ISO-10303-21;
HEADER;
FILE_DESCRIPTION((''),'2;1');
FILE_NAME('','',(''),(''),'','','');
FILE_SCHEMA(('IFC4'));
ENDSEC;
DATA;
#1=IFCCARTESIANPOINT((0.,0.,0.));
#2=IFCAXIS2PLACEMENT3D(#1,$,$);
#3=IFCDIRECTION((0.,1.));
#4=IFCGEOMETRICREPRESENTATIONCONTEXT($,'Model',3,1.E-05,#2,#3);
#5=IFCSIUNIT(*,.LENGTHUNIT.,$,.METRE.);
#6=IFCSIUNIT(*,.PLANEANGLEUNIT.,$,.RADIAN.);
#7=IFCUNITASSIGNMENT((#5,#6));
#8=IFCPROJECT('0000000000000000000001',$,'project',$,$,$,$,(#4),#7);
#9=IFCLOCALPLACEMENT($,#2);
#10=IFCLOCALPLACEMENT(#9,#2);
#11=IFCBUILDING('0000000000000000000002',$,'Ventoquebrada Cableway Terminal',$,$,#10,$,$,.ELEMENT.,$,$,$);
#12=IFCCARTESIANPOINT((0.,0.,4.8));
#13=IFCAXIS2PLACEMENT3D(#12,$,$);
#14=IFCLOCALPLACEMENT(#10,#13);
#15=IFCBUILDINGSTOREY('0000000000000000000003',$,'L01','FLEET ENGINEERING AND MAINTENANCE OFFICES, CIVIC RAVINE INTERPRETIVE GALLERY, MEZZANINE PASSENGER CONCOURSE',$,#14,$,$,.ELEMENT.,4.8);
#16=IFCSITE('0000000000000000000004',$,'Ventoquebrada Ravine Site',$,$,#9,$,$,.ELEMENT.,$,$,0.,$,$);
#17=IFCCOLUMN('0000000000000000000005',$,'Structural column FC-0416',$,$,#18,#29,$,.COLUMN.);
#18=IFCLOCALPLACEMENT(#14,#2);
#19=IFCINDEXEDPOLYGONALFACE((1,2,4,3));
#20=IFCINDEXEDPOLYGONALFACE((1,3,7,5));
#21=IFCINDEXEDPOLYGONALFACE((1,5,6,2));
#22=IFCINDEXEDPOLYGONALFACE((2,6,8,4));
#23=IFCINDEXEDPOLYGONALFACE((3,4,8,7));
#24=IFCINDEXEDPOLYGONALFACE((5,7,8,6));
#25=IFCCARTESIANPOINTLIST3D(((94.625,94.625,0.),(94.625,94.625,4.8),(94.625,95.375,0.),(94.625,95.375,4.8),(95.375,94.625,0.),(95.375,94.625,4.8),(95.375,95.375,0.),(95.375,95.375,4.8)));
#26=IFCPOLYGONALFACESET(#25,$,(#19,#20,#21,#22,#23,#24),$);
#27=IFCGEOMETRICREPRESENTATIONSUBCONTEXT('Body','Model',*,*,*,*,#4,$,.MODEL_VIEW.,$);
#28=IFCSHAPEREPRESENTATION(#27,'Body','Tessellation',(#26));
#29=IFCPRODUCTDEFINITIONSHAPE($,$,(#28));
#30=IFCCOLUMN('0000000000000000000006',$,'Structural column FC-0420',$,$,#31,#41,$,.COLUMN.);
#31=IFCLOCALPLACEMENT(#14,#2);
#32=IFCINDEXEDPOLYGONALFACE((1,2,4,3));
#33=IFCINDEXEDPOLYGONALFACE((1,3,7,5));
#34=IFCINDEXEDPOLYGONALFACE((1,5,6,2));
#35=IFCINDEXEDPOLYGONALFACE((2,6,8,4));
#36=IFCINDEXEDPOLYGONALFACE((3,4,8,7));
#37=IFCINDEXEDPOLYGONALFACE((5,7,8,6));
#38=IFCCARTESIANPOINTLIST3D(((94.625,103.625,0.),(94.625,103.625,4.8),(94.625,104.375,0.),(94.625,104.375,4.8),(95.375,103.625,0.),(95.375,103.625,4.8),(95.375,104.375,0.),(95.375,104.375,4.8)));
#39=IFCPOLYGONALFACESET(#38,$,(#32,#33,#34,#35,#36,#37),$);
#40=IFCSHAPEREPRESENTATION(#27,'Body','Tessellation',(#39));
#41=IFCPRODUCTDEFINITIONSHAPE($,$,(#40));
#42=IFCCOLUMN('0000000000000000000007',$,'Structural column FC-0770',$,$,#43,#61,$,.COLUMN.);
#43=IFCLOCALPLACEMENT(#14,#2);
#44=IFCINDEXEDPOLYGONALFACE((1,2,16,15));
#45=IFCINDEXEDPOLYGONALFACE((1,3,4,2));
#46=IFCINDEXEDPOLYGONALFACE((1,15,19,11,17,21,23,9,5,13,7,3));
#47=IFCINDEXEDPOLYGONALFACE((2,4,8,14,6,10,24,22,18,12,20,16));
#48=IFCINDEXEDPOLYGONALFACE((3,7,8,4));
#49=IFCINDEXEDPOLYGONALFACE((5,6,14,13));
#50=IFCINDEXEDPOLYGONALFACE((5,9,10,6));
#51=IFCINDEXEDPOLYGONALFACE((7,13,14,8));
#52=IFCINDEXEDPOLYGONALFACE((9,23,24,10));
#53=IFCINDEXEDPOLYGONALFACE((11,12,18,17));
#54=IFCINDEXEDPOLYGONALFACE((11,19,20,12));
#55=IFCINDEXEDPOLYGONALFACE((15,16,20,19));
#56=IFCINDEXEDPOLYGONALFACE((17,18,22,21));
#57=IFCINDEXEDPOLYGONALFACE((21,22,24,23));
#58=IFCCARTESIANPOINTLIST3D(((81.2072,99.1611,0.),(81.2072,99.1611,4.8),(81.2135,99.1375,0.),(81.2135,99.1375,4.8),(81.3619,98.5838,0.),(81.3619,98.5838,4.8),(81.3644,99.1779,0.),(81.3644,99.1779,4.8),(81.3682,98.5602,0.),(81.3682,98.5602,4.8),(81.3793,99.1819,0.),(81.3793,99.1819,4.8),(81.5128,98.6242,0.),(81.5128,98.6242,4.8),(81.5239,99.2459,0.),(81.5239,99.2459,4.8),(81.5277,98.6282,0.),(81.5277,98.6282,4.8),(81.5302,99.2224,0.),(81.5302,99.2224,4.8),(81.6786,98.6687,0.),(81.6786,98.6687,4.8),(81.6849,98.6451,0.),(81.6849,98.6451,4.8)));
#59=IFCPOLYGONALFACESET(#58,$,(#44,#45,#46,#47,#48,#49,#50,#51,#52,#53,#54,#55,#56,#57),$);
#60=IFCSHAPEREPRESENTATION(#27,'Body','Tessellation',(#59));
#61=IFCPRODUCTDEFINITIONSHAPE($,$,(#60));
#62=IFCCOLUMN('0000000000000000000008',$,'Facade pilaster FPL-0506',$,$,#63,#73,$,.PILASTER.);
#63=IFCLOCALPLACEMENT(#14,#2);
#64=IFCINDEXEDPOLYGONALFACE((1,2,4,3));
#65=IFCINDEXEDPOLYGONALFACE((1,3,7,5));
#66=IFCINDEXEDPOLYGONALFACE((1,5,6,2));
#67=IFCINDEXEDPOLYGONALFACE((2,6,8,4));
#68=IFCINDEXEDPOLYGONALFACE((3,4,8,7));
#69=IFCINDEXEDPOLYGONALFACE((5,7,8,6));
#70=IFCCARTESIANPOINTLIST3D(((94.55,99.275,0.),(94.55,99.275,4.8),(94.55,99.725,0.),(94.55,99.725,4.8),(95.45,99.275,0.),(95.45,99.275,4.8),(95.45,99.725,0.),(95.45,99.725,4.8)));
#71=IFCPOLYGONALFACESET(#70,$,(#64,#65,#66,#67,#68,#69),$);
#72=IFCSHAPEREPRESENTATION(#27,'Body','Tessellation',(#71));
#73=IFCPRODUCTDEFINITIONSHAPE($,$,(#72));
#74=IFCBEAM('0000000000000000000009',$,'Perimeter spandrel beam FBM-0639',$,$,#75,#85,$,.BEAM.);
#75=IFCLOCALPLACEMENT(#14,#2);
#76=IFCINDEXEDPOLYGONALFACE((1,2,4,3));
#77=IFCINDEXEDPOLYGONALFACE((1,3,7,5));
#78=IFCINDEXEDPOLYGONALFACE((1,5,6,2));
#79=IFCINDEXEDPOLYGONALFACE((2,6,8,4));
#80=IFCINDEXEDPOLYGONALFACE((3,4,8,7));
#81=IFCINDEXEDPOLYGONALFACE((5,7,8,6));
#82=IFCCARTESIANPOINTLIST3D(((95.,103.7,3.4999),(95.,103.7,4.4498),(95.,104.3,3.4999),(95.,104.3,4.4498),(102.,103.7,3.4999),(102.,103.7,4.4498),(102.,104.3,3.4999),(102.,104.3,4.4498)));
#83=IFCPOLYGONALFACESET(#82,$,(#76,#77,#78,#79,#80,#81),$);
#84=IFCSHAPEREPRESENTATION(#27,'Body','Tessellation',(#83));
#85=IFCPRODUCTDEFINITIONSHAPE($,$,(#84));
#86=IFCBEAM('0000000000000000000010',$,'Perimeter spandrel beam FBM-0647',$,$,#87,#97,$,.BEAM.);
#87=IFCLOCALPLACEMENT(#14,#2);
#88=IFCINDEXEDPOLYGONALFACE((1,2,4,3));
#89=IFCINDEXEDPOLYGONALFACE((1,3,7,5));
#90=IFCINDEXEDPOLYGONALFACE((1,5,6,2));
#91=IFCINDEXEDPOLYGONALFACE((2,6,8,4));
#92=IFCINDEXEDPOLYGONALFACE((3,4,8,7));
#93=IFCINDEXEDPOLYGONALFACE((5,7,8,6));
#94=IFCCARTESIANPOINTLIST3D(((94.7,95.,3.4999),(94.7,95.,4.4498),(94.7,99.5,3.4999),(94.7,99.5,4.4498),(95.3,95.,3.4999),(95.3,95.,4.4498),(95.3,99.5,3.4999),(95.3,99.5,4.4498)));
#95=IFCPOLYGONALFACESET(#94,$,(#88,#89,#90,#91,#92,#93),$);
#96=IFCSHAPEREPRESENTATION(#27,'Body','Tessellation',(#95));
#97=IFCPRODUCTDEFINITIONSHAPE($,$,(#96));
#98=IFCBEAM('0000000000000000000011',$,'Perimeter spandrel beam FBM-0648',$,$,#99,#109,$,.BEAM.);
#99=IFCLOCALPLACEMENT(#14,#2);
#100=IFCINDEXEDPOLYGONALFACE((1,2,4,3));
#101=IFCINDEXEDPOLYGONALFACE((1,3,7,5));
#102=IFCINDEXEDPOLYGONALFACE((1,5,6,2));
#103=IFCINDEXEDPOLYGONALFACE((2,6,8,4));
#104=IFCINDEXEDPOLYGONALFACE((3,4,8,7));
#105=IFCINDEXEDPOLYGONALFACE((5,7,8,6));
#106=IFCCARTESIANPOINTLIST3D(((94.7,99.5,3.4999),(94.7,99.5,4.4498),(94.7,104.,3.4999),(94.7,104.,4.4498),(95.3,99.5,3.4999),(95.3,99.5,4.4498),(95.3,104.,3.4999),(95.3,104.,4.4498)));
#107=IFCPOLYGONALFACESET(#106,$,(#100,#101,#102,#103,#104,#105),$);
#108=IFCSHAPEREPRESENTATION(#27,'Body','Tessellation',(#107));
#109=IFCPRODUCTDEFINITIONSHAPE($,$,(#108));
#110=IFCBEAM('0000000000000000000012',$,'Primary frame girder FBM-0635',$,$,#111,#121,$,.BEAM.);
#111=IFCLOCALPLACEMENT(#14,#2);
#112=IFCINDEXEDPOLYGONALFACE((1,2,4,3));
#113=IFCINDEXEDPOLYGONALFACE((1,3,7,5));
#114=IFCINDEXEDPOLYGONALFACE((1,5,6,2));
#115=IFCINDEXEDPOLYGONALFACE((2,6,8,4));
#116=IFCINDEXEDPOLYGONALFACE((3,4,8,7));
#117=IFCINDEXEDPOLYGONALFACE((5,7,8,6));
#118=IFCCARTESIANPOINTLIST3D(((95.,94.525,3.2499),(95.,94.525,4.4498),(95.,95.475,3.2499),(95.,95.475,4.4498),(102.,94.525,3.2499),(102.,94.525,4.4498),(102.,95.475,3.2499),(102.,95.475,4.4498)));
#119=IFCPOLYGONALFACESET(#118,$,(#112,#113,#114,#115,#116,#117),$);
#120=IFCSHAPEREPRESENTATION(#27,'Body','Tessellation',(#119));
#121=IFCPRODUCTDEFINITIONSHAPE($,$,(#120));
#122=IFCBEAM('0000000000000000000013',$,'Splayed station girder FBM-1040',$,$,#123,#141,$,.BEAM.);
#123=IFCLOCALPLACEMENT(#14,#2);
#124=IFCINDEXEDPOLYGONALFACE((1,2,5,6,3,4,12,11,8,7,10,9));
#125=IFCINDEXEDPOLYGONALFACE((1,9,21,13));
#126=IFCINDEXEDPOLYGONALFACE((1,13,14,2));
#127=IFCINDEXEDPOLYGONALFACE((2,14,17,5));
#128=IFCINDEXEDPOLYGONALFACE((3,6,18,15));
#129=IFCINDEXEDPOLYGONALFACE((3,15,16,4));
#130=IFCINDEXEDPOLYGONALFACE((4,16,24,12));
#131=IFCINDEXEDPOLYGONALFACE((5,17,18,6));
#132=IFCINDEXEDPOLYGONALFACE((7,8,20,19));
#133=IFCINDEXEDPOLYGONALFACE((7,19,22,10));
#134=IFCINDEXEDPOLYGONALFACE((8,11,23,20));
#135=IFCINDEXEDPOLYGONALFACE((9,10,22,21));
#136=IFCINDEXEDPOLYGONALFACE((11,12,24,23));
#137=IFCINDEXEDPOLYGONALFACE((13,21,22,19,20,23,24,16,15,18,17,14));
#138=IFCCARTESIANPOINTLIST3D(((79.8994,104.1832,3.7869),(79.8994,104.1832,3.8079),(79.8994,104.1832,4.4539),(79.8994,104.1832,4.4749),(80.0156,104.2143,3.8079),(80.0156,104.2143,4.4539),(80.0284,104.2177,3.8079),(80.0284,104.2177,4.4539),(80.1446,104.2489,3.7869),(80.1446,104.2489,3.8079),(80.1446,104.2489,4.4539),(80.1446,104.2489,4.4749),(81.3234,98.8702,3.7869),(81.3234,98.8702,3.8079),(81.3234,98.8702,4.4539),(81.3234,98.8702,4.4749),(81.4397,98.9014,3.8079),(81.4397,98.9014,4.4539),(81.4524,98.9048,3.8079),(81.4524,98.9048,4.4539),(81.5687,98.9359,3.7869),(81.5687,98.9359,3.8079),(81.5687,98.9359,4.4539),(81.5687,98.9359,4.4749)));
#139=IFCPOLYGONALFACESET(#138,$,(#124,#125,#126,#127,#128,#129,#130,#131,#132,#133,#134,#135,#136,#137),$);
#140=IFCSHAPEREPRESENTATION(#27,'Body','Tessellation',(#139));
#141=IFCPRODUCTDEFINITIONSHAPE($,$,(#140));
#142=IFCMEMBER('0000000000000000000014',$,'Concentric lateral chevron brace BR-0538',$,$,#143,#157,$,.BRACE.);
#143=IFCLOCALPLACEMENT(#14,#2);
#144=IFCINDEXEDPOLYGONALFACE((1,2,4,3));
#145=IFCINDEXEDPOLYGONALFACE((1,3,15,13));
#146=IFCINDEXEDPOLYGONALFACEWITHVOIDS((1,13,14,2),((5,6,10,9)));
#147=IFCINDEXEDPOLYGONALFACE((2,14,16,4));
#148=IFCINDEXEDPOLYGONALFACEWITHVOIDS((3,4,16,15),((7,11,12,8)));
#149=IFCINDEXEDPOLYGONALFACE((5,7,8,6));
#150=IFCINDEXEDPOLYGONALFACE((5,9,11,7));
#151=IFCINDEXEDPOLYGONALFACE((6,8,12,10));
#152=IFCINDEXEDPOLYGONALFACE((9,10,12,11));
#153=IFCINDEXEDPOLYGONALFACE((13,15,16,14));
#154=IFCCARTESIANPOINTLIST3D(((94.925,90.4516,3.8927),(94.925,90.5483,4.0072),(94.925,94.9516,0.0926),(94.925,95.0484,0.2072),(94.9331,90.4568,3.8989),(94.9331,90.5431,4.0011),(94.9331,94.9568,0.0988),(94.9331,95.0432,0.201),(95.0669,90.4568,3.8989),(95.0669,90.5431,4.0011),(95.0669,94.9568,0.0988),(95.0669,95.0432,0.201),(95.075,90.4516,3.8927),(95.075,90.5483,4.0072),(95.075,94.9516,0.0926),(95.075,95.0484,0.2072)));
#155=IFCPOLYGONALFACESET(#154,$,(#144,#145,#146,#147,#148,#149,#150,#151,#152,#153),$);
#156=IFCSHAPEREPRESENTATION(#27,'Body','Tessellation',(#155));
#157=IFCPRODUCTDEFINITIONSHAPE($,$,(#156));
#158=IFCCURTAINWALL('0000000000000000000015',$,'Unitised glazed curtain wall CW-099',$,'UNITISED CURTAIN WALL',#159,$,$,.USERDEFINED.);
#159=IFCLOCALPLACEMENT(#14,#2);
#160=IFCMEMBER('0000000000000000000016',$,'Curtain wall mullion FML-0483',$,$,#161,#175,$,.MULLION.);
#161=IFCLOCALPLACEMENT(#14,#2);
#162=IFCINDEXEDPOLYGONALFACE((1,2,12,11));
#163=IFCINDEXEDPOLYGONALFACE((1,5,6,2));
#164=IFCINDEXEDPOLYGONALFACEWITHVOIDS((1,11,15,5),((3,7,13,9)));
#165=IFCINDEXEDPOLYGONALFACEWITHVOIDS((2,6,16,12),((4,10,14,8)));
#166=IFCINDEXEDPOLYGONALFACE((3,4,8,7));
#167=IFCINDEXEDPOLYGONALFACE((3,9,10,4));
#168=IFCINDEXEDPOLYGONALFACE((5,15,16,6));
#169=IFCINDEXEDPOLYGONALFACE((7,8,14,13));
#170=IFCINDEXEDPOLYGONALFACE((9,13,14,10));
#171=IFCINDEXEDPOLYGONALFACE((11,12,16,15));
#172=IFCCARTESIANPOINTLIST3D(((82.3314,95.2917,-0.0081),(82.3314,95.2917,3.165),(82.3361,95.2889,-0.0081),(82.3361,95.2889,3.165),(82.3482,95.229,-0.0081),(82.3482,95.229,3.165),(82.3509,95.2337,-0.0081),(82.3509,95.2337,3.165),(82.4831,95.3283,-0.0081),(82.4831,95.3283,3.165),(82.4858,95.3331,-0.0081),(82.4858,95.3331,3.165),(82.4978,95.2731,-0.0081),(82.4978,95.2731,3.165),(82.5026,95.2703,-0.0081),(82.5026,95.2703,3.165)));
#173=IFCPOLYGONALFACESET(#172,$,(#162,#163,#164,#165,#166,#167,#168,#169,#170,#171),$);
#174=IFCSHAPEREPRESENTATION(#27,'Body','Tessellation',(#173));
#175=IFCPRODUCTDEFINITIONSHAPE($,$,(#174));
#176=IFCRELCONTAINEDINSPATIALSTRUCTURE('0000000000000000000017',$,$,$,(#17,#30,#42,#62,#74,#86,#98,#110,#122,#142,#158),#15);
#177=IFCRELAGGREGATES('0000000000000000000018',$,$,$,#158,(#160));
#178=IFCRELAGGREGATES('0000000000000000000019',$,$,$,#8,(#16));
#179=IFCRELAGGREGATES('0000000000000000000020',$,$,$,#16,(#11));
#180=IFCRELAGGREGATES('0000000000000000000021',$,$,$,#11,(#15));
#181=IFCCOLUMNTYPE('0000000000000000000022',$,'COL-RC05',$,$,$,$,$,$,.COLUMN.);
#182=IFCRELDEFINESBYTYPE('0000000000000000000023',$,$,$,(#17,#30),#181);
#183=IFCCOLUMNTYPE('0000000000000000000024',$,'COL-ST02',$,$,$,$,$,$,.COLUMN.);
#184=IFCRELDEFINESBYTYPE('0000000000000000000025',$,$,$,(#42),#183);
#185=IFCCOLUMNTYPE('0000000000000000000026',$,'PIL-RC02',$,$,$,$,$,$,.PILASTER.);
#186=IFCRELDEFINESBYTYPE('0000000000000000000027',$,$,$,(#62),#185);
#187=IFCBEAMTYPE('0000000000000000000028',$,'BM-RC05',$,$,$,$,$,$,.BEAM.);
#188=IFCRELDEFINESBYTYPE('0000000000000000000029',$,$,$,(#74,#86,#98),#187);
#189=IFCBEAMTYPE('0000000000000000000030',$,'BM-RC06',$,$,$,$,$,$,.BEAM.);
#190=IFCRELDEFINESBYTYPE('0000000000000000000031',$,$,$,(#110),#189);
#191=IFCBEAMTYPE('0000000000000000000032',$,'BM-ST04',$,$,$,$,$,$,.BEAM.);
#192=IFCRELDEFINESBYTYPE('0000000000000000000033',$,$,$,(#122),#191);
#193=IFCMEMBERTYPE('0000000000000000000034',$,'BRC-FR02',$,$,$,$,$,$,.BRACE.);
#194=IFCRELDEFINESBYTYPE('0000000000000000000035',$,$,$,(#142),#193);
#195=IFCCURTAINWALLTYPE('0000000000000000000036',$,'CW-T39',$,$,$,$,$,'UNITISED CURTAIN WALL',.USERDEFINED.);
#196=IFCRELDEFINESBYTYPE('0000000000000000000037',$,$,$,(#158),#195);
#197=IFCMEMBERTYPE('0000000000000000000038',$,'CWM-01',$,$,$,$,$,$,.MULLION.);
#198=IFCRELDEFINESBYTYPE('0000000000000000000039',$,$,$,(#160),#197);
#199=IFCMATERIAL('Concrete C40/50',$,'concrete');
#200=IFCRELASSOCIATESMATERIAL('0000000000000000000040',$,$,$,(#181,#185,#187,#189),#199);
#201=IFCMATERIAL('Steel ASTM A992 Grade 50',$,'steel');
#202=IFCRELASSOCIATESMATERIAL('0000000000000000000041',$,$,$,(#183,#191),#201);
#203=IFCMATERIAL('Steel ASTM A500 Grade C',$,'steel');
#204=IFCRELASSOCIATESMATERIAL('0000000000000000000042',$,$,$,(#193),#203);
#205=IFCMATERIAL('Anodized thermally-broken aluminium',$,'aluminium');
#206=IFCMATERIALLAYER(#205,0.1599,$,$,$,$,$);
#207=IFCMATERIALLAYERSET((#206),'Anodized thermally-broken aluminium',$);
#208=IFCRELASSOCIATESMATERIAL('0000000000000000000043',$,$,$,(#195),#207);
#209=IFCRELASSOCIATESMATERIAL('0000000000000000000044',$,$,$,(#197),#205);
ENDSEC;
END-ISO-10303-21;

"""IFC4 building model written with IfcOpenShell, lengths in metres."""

from ifc_helpers import new_model, si_unit, direction, frame, origin, origin_2d, place, context, subcontext, project, spatial, rectangle, hollow_rectangle, i_section, extrude, material, layer, layer_set, material_profile, profile_set, type_object, element, aggregate, save


model = new_model("IFC4")

# Units and contexts
model_context = context("Model", 3, precision=1e-05, world=origin(), true_north=direction((0.0, 1.0)))
body_context = subcontext(model_context, "Body", "Model", "MODEL_VIEW")
ifc_project = project(units=[si_unit("LENGTHUNIT", "METRE"), si_unit("PLANEANGLEUNIT", "RADIAN")], contexts=[model_context])

# Site, building, storey
site_placement = place(None, origin())
site = spatial("IfcSite", under=ifc_project, at=site_placement, Name="Ventoquebrada Ravine Site", CompositionType="ELEMENT", RefElevation=0.0)
building_placement = place(site_placement, origin())
building = spatial("IfcBuilding", under=site, at=building_placement, Name="Ventoquebrada Cableway Terminal", CompositionType="ELEMENT")
storey_placement = place(building_placement, frame((0.0, 0.0, 4.8)))
storey = spatial("IfcBuildingStorey", under=building, at=storey_placement, Name="L01", Description="FLEET ENGINEERING AND MAINTENANCE OFFICES, CIVIC RAVINE INTERPRETIVE GALLERY, MEZZANINE PASSENGER CONCOURSE", CompositionType="ELEMENT", Elevation=4.8)

# Columns
ifc_material_1 = material(Name="Concrete C40/50", Category="concrete")
ifc_material_profile_1 = material_profile(ifc_material_1, rectangle(XDim=0.75, YDim=0.75, at=origin_2d()), Name="RC-COL-750X750")
ifc_profile_set_1 = profile_set([ifc_material_profile_1], Name="Concrete C40/50")
column_type_1 = type_object("IfcColumnType", Name="COL-RC05", PredefinedType="COLUMN", material=ifc_profile_set_1)
for number, where, z_axis, x_axis, name in (
    (1, (95.0, 95.0, 0.0), (0.0, 0.0, 1.0), (1.0, 0.0, 0.0), "Structural column FC-0416"),
    (2, (95.0, 104.0, 0.0), (0.0, 0.0, 1.0), (1.0, 0.0, 0.0), "Structural column FC-0420"),
):
    element("IfcColumn", number, at=place(storey_placement, frame(where, z_axis=z_axis, x_axis=x_axis)), inside=storey, type_object=column_type_1, Name=name, PredefinedType="COLUMN", context=body_context, shape_type="SweptSolid", body=[
        extrude(rectangle(XDim=0.75, YDim=0.75, at=origin_2d()), origin(), (0.0, 0.0, 1.0), 4.8),
    ])
ifc_material_2 = material(Name="Steel ASTM A992 Grade 50", Category="steel")
ifc_material_profile_2 = material_profile(ifc_material_2, i_section(OverallWidth=0.3279, OverallDepth=0.6221, WebThickness=0.0154, FlangeThickness=0.0244, at=origin_2d()), Name="W24X131")
ifc_profile_set_2 = profile_set([ifc_material_profile_2], Name="Steel ASTM A992 Grade 50")
column_type_2 = type_object("IfcColumnType", Name="COL-ST02", PredefinedType="COLUMN", material=ifc_profile_set_2)
column_1_placement = place(storey_placement, frame((81.446, 98.9031, 0.0), z_axis=(0.0, 0.0, 1.0), x_axis=(0.965926, 0.258819, 0.0)))
element("IfcColumn", 3, at=column_1_placement, inside=storey, type_object=column_type_2, Name="Structural column FC-0770", PredefinedType="COLUMN", context=body_context, shape_type="SweptSolid", body=[
    extrude(i_section(OverallWidth=0.3279, OverallDepth=0.6221, WebThickness=0.0154, FlangeThickness=0.0244, at=origin_2d()), origin(), (0.0, 0.0, 1.0), 4.8),
])
ifc_material_profile_3 = material_profile(ifc_material_1, rectangle(XDim=0.45, YDim=0.8999, at=origin_2d()), Name="RC-PIL-450X900")
ifc_profile_set_3 = profile_set([ifc_material_profile_3], Name="Concrete C40/50")
column_type_3 = type_object("IfcColumnType", Name="PIL-RC02", PredefinedType="PILASTER", material=ifc_profile_set_3)
column_2_placement = place(storey_placement, frame((95.0, 99.5, 0.0), z_axis=(0.0, 0.0, 1.0), x_axis=(0.0, 1.0, 0.0)))
element("IfcColumn", 4, at=column_2_placement, inside=storey, type_object=column_type_3, Name="Facade pilaster FPL-0506", PredefinedType="PILASTER", context=body_context, shape_type="SweptSolid", body=[
    extrude(rectangle(XDim=0.45, YDim=0.8999, at=origin_2d()), origin(), (0.0, 0.0, 1.0), 4.8),
])

# Beams
ifc_material_profile_4 = material_profile(ifc_material_1, rectangle(XDim=0.6001, YDim=0.95, at=origin_2d()), Name="RC-BM-600X950")
ifc_profile_set_4 = profile_set([ifc_material_profile_4], Name="Concrete C40/50")
beam_type_1 = type_object("IfcBeamType", Name="BM-RC05", PredefinedType="BEAM", material=ifc_profile_set_4)
beam_1_placement = place(storey_placement, frame((95.0, 104.0, 3.9749), z_axis=(1.0, 0.0, 0.0), x_axis=(0.0, 1.0, 0.0)))
element("IfcBeam", 5, at=beam_1_placement, inside=storey, type_object=beam_type_1, Name="Perimeter spandrel beam FBM-0639", PredefinedType="BEAM", context=body_context, shape_type="SweptSolid", body=[
    extrude(rectangle(XDim=0.6001, YDim=0.95, at=origin_2d()), origin(), (0.0, 0.0, 1.0), 7.0),
])
for number, where, z_axis, x_axis, name in (
    (6, (95.0, 95.0, 3.9749), (0.0, 1.0, 0.0), (-1.0, 0.0, 0.0), "Perimeter spandrel beam FBM-0647"),
    (7, (95.0, 99.5, 3.9749), (0.0, 1.0, 0.0), (-1.0, 0.0, 0.0), "Perimeter spandrel beam FBM-0648"),
):
    element("IfcBeam", number, at=place(storey_placement, frame(where, z_axis=z_axis, x_axis=x_axis)), inside=storey, type_object=beam_type_1, Name=name, PredefinedType="BEAM", context=body_context, shape_type="SweptSolid", body=[
        extrude(rectangle(XDim=0.6001, YDim=0.95, at=origin_2d()), origin(), (0.0, 0.0, 1.0), 4.5),
    ])
ifc_material_profile_5 = material_profile(ifc_material_1, rectangle(XDim=0.95, YDim=1.2, at=origin_2d()), Name="RC-BM-950X1200")
ifc_profile_set_5 = profile_set([ifc_material_profile_5], Name="Concrete C40/50")
beam_type_2 = type_object("IfcBeamType", Name="BM-RC06", PredefinedType="BEAM", material=ifc_profile_set_5)
beam_2_placement = place(storey_placement, frame((95.0, 95.0, 3.8499), z_axis=(1.0, 0.0, 0.0), x_axis=(0.0, 1.0, 0.0)))
element("IfcBeam", 8, at=beam_2_placement, inside=storey, type_object=beam_type_2, Name="Primary frame girder FBM-0635", PredefinedType="BEAM", context=body_context, shape_type="SweptSolid", body=[
    extrude(rectangle(XDim=0.95, YDim=1.2, at=origin_2d()), origin(), (0.0, 0.0, 1.0), 7.0),
])
ifc_material_profile_6 = material_profile(ifc_material_2, i_section(OverallWidth=0.2539, OverallDepth=0.688, WebThickness=0.0132, FlangeThickness=0.021, at=origin_2d()), Name="W27X102")
ifc_profile_set_6 = profile_set([ifc_material_profile_6], Name="Steel ASTM A992 Grade 50")
beam_type_3 = type_object("IfcBeamType", Name="BM-ST04", PredefinedType="BEAM", material=ifc_profile_set_6)
beam_3_placement = place(storey_placement, frame((81.446, 98.9031, 4.1309), z_axis=(-0.258897, 0.965905, 0.0), x_axis=(-0.965905, -0.258897, 0.0)))
element("IfcBeam", 9, at=beam_3_placement, inside=storey, type_object=beam_type_3, Name="Splayed station girder FBM-1040", PredefinedType="BEAM", context=body_context, shape_type="SweptSolid", body=[
    extrude(i_section(OverallWidth=0.2539, OverallDepth=0.688, WebThickness=0.0132, FlangeThickness=0.021, at=origin_2d()), origin(), (0.0, 0.0, 1.0), 5.5005),
])

# Member
ifc_material_3 = material(Name="Steel ASTM A500 Grade C", Category="steel")
ifc_material_profile_7 = material_profile(ifc_material_3, hollow_rectangle(XDim=0.1499, YDim=0.1499, WallThickness=0.0081, at=origin_2d()), Name="HSS150X150X8")
ifc_profile_set_7 = profile_set([ifc_material_profile_7], Name="Steel ASTM A500 Grade C")
member_type_1 = type_object("IfcMemberType", Name="BRC-FR02", PredefinedType="BRACE", material=ifc_profile_set_7)
member_1_placement = place(storey_placement, frame((95.0, 95.0, 0.1499), z_axis=(0.0, -0.764026, 0.645186), x_axis=(1.0, 0.0, 0.0)))
element("IfcMember", 10, at=member_1_placement, inside=storey, type_object=member_type_1, Name="Concentric lateral chevron brace BR-0538", PredefinedType="BRACE", context=body_context, shape_type="SweptSolid", body=[
    extrude(hollow_rectangle(XDim=0.1499, YDim=0.1499, WallThickness=0.0081, at=origin_2d()), origin(), (0.0, 0.0, 1.0), 5.8899),
])

# Curtain wall, member
ifc_material_4 = material(Name="Anodized thermally-broken aluminium", Category="aluminium")
ifc_layer_1 = layer(ifc_material_4, 0.1599)
ifc_layer_set_1 = layer_set([ifc_layer_1], Name="Anodized thermally-broken aluminium")
curtain_wall_type_1 = type_object("IfcCurtainWallType", Name="CW-T39", ElementType="UNITISED CURTAIN WALL", PredefinedType="USERDEFINED", material=ifc_layer_set_1)
curtain_wall_1_placement = place(storey_placement, origin())
curtain_wall_1 = element("IfcCurtainWall", 11, at=curtain_wall_1_placement, inside=storey, type_object=curtain_wall_type_1, Name="Unitised glazed curtain wall CW-099", ObjectType="UNITISED CURTAIN WALL", PredefinedType="USERDEFINED")
ifc_material_profile_8 = material_profile(ifc_material_4, hollow_rectangle(XDim=0.0649, YDim=0.1599, WallThickness=0.0039, at=origin_2d()), Name="CW-MUL-65X160")
ifc_profile_set_8 = profile_set([ifc_material_profile_8], Name="Anodized thermally-broken aluminium")
member_type_2 = type_object("IfcMemberType", Name="CWM-01", PredefinedType="MULLION", material=ifc_profile_set_8)
member_2_placement = place(storey_placement, frame((82.417, 95.281, -0.0081), z_axis=(0.0, 0.0, 1.0), x_axis=(-0.258735, 0.965948, 0.0)))
member_2 = element("IfcMember", 12, at=member_2_placement, type_object=member_type_2, Name="Curtain wall mullion FML-0483", PredefinedType="MULLION", context=body_context, shape_type="SweptSolid", body=[
    extrude(hollow_rectangle(XDim=0.0649, YDim=0.1599, WallThickness=0.0039, at=origin_2d()), origin(), (0.0, 0.0, 1.0), 3.1731),
])

aggregate(curtain_wall_1, [member_2])

save(model, "model.ifc")
